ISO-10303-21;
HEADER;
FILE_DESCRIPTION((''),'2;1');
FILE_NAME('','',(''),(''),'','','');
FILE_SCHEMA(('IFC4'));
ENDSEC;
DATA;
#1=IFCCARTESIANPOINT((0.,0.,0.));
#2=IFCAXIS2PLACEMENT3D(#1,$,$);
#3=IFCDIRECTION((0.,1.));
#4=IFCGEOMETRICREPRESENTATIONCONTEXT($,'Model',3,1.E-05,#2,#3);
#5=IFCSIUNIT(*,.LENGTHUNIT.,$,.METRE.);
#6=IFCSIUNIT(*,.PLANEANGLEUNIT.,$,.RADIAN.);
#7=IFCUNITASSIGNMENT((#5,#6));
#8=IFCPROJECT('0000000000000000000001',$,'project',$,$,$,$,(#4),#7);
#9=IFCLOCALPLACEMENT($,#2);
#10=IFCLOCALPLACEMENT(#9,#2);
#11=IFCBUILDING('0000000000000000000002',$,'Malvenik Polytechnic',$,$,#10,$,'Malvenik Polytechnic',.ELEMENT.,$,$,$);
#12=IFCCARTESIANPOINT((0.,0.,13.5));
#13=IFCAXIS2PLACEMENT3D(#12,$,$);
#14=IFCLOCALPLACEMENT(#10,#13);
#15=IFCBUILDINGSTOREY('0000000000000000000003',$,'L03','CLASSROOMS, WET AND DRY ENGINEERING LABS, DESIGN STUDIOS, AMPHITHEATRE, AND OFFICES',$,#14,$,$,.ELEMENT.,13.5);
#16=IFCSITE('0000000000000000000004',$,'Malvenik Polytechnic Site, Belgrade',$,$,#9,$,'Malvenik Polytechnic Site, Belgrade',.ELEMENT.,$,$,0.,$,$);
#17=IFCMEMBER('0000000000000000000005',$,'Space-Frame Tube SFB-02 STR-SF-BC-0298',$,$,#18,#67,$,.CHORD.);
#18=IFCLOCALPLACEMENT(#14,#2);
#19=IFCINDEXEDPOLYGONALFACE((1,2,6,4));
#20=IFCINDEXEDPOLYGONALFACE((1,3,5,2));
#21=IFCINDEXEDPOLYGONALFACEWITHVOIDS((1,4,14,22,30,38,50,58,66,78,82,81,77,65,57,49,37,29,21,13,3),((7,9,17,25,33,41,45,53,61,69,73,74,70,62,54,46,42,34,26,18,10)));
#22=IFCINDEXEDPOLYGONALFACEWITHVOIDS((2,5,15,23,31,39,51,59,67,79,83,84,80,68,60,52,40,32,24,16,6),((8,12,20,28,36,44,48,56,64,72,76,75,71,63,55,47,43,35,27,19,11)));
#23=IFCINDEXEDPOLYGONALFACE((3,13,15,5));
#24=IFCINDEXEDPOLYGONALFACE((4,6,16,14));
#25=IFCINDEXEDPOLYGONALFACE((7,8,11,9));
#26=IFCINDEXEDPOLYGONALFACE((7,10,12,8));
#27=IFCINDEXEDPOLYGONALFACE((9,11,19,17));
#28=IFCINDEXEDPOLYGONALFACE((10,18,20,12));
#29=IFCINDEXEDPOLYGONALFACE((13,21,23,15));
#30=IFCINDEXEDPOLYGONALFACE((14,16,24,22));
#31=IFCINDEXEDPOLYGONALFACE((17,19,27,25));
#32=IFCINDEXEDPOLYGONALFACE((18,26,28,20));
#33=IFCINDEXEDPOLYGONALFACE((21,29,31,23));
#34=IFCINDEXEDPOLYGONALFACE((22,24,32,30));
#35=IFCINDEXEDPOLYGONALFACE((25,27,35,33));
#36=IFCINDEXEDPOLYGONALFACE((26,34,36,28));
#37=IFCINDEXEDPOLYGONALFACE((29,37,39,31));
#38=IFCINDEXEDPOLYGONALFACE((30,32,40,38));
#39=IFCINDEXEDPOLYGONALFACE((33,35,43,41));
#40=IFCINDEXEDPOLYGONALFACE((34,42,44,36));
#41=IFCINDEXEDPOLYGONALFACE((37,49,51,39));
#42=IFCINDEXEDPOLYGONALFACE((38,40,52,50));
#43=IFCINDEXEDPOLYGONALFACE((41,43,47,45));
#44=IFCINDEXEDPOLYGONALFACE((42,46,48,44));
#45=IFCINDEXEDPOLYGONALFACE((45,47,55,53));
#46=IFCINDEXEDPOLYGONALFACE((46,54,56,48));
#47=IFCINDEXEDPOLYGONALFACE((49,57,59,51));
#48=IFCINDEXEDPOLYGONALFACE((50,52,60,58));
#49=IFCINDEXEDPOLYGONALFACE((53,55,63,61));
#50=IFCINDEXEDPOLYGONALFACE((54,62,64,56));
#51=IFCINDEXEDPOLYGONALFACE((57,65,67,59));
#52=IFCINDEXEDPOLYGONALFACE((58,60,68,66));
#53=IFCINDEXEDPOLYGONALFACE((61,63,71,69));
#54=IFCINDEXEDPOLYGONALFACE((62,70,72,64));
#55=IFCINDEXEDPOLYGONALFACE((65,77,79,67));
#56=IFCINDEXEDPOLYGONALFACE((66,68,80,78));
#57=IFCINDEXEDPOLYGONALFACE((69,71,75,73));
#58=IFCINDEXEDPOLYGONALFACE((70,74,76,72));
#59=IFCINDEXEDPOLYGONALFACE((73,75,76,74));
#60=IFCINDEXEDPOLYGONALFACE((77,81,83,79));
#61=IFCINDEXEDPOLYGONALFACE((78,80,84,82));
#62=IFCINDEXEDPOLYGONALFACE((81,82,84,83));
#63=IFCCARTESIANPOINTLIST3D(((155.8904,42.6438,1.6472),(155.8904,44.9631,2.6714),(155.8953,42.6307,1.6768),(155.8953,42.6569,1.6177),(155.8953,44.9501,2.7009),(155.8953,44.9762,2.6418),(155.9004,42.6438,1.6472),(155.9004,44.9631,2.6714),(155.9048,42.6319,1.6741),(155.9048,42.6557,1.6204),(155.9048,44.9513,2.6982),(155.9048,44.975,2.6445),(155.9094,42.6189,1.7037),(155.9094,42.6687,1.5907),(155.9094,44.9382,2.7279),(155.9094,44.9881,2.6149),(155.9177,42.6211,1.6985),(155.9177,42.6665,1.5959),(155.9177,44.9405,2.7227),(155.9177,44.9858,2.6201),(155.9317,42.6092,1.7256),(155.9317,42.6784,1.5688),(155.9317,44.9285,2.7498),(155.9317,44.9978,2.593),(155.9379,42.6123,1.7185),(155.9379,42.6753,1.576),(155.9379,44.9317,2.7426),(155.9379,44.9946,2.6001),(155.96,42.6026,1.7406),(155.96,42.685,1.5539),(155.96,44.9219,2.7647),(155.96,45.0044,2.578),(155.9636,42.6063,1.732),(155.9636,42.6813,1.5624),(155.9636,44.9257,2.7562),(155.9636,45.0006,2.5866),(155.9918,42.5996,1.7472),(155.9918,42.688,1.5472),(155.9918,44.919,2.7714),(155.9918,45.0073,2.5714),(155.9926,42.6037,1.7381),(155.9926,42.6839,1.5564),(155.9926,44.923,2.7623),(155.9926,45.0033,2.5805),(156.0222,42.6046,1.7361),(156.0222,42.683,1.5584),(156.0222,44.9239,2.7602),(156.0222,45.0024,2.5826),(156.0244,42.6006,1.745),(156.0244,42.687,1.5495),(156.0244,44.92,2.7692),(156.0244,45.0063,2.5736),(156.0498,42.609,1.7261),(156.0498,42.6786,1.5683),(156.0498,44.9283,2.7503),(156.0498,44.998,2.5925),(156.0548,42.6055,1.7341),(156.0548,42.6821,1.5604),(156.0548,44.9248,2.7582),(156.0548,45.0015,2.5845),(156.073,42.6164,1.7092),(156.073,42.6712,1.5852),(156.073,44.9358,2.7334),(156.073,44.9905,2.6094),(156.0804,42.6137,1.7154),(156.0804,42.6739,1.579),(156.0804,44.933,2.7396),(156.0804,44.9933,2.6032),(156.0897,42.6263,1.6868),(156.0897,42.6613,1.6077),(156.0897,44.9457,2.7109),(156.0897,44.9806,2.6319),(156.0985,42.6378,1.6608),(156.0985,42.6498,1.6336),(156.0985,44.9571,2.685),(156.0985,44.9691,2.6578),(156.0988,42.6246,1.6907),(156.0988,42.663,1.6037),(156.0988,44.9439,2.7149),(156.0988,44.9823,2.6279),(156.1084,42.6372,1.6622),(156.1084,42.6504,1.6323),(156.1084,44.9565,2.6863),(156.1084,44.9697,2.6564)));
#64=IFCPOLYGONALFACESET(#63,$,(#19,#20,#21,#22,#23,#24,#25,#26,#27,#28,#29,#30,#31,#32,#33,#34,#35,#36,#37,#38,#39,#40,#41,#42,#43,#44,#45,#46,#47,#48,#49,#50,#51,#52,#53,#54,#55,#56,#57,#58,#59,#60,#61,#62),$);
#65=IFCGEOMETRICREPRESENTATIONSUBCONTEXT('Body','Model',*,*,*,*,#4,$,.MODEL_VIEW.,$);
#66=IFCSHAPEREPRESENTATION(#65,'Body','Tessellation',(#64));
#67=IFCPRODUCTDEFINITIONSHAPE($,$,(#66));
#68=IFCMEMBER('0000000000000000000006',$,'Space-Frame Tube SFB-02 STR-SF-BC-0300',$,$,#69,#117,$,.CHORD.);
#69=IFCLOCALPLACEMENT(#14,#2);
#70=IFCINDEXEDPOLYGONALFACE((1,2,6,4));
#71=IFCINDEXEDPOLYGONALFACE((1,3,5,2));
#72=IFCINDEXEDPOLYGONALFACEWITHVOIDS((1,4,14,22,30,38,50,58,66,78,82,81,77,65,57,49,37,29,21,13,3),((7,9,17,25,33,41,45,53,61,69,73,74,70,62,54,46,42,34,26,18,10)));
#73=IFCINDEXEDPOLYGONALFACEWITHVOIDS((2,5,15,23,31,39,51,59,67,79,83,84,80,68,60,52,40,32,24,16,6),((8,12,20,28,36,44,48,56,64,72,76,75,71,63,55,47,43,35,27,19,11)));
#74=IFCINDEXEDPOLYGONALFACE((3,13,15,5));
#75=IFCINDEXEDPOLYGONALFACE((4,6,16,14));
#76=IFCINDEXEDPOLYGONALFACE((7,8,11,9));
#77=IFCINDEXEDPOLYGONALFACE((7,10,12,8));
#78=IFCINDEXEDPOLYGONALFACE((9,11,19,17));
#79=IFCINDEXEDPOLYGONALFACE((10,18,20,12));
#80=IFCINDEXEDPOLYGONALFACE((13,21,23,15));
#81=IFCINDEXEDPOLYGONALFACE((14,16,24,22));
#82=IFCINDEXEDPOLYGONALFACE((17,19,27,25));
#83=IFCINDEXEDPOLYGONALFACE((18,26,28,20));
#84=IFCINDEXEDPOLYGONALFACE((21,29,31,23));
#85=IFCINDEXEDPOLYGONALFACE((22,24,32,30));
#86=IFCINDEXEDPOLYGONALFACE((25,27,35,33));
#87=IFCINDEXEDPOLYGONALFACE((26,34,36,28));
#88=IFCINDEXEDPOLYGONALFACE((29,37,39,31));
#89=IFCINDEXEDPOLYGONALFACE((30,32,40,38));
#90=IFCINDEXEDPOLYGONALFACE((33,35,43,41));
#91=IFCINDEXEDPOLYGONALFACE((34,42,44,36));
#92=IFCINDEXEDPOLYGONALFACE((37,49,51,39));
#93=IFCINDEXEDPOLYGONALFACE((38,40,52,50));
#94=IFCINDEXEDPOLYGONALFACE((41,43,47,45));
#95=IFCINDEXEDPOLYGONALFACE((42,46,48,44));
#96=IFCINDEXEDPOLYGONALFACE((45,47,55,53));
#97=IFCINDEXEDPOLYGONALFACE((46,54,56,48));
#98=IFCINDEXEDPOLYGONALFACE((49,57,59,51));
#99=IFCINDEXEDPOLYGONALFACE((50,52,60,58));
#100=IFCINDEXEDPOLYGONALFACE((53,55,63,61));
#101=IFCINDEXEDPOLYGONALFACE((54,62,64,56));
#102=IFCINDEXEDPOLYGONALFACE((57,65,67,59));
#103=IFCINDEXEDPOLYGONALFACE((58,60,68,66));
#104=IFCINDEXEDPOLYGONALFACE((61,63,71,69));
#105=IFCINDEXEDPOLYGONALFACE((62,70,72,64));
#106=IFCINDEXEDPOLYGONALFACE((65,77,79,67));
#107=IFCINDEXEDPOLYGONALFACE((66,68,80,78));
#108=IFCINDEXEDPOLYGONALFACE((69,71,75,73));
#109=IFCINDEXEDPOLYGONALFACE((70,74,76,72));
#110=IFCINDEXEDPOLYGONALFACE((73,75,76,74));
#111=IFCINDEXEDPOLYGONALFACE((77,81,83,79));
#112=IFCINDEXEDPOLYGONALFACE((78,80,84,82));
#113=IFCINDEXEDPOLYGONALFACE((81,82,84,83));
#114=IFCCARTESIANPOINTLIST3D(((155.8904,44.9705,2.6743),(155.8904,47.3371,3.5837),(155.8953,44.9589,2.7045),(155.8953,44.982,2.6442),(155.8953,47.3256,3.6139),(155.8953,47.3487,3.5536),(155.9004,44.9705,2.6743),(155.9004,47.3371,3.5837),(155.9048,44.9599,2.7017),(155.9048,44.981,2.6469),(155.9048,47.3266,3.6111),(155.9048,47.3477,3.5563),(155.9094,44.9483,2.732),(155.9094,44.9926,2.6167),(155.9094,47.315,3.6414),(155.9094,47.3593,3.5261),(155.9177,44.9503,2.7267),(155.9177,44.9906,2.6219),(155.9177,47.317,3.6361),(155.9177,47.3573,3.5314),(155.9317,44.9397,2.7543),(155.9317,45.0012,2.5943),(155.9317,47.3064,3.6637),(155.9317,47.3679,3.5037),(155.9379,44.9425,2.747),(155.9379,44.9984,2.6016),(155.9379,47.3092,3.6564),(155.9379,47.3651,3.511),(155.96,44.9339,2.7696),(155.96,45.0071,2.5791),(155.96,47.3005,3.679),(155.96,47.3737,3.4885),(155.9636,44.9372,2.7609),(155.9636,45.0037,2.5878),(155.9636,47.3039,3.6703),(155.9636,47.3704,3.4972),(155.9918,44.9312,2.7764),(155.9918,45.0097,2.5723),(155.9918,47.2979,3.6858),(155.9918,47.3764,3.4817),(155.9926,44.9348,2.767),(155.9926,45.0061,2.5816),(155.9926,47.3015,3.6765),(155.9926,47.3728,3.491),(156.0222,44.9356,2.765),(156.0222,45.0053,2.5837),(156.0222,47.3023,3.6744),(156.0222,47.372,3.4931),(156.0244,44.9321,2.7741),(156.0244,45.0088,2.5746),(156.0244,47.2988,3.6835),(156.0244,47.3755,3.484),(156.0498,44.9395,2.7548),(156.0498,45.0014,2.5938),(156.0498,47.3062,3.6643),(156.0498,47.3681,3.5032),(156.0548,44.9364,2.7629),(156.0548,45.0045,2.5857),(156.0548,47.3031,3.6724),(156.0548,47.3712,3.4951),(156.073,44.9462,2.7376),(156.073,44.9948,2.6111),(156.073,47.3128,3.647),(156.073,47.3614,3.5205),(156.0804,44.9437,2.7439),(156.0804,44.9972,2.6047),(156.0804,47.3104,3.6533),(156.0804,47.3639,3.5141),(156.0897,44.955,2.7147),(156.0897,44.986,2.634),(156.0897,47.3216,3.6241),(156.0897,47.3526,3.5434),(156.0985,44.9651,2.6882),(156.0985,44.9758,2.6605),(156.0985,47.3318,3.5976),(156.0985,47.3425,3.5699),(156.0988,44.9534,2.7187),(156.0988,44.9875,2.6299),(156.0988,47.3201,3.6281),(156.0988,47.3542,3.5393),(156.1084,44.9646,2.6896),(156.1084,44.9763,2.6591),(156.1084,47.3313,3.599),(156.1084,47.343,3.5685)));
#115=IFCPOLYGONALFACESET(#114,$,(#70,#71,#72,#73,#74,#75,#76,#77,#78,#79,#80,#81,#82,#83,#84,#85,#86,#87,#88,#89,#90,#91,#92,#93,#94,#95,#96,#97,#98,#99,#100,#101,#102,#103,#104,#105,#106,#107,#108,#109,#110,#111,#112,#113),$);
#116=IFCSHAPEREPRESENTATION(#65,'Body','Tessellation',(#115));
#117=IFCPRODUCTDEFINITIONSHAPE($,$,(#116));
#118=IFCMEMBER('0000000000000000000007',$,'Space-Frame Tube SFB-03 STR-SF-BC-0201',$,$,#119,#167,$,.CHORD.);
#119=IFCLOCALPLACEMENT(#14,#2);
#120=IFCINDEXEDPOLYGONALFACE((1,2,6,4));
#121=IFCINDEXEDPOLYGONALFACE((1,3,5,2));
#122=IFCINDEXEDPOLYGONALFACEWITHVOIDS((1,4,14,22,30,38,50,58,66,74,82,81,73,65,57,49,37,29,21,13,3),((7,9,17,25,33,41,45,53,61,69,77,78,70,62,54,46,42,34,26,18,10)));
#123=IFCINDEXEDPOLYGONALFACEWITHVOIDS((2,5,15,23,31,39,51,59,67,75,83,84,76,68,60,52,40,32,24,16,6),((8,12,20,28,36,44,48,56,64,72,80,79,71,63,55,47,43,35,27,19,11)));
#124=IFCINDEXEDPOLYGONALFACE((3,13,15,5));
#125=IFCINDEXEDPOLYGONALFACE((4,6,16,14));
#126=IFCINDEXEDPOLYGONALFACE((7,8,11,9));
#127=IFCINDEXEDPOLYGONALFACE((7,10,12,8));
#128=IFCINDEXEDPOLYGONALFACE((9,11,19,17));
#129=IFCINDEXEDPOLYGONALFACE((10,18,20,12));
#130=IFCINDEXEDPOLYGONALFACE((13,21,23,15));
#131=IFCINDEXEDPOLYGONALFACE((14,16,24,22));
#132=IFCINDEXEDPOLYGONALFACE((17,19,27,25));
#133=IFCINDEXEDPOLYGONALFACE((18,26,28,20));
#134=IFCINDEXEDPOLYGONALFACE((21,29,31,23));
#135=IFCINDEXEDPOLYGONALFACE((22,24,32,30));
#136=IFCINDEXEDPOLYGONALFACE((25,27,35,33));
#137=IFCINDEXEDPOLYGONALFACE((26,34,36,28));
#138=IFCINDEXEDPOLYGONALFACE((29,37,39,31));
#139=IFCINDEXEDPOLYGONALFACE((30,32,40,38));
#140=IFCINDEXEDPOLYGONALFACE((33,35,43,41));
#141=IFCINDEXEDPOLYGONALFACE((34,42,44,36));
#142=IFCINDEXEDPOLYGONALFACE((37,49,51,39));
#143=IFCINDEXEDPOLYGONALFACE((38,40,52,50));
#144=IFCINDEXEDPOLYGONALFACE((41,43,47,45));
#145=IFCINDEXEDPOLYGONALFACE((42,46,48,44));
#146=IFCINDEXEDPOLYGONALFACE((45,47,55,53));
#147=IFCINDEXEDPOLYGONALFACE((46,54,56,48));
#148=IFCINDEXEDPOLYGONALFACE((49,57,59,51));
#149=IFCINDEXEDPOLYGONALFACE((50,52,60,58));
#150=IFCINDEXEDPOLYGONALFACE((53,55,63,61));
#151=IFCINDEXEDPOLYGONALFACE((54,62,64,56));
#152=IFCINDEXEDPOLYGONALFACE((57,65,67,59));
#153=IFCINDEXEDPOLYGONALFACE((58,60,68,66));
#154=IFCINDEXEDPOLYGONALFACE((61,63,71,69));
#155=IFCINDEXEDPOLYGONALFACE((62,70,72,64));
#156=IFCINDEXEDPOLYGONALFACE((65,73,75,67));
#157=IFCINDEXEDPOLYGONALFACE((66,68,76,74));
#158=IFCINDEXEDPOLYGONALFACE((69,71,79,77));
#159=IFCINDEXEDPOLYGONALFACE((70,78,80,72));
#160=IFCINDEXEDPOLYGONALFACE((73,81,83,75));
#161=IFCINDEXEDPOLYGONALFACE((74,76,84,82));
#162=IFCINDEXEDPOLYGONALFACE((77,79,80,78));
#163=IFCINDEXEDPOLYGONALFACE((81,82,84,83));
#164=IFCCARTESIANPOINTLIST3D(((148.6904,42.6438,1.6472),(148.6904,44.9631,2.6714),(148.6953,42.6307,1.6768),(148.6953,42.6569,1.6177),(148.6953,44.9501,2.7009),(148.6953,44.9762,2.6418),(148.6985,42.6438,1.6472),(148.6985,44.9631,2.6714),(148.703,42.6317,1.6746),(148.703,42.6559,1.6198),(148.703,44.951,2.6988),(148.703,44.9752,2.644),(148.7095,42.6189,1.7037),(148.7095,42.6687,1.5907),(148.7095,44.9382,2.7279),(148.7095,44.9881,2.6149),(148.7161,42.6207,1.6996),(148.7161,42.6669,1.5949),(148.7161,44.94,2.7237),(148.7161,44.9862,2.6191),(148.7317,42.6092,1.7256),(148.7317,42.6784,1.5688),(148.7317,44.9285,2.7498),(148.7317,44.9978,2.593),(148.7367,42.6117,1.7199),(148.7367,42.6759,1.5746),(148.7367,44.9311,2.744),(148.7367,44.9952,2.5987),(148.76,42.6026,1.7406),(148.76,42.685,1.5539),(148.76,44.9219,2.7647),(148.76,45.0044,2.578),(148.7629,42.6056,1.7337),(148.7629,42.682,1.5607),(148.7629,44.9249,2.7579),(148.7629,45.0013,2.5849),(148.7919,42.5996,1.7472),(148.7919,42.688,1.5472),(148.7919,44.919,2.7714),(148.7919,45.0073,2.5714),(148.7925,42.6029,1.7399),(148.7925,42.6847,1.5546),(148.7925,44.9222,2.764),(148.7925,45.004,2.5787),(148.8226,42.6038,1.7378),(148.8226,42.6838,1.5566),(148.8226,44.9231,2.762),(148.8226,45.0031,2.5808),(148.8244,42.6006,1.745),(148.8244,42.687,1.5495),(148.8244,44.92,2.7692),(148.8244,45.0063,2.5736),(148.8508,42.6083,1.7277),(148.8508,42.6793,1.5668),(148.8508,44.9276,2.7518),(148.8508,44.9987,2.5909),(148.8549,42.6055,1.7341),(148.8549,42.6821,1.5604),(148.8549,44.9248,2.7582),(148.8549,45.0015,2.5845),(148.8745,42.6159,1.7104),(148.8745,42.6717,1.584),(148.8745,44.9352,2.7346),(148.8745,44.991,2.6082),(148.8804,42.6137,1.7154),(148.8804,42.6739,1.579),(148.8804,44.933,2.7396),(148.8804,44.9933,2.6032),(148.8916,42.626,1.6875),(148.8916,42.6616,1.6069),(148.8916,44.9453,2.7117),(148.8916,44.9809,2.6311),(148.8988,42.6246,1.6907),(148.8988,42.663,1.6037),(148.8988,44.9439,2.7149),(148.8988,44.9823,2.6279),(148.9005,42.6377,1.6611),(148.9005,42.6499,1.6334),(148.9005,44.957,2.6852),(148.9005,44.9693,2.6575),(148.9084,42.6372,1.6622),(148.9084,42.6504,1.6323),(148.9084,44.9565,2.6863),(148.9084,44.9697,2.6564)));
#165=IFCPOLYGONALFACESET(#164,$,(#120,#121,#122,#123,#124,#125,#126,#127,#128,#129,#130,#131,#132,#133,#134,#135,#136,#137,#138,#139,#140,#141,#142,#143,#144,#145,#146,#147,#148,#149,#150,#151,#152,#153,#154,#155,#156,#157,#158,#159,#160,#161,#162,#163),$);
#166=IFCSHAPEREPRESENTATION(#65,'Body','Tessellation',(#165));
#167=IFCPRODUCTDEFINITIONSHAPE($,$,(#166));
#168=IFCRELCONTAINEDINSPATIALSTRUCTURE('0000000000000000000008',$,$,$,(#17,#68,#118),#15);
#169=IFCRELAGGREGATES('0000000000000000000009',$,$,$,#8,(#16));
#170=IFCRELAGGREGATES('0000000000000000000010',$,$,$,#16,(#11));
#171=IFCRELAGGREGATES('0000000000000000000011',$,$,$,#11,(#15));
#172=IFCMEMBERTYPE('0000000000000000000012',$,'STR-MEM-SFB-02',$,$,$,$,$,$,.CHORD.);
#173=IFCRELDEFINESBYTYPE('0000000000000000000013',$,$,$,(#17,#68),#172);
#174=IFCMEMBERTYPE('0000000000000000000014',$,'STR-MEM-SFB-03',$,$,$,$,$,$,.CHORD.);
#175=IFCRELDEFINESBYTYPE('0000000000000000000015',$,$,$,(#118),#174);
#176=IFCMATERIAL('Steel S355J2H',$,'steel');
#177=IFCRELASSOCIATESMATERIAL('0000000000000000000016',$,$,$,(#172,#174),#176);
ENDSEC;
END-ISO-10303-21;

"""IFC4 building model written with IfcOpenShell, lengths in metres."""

from ifc_helpers import new_model, si_unit, direction, frame, origin, origin_2d, place, context, subcontext, project, spatial, hollow_circle, extrude, material, material_profile, profile_set, type_object, element, save


model = new_model("IFC4")

# Units and contexts
model_context = context("Model", 3, precision=1e-05, world=origin(), true_north=direction((0.0, 1.0)))
body_context = subcontext(model_context, "Body", "Model", "MODEL_VIEW")
ifc_project = project(units=[si_unit("LENGTHUNIT", "METRE"), si_unit("PLANEANGLEUNIT", "RADIAN")], contexts=[model_context])

# Site, building, storey
site_placement = place(None, origin())
site = spatial("IfcSite", under=ifc_project, at=site_placement, Name="Malvenik Polytechnic Site, Belgrade", LongName="Malvenik Polytechnic Site, Belgrade", CompositionType="ELEMENT", RefElevation=0.0)
building_placement = place(site_placement, origin())
building = spatial("IfcBuilding", under=site, at=building_placement, Name="Malvenik Polytechnic", LongName="Malvenik Polytechnic", CompositionType="ELEMENT")
storey_placement = place(building_placement, frame((0.0, 0.0, 13.5)))
storey = spatial("IfcBuildingStorey", under=building, at=storey_placement, Name="L03", Description="CLASSROOMS, WET AND DRY ENGINEERING LABS, DESIGN STUDIOS, AMPHITHEATRE, AND OFFICES", CompositionType="ELEMENT", Elevation=13.5)

# Members
ifc_material = material(Name="Steel S355J2H", Category="steel")
ifc_material_profile_1 = material_profile(ifc_material, hollow_circle(Radius=0.1096, WallThickness=0.01, at=origin_2d()), Name="CHS 219.1x10.0")
ifc_profile_set_1 = profile_set([ifc_material_profile_1], Name="Steel S355J2H")
member_type_1 = type_object("IfcMemberType", Name="STR-MEM-SFB-02", PredefinedType="CHORD", material=ifc_profile_set_1)
for number, where, z_axis, x_axis, name in (
    (1, (156.0, 42.6438, 1.6472), (0.0, 0.914782, 0.403948), (-1.0, 0.0, 0.0), "Space-Frame Tube SFB-02 STR-SF-BC-0298"),
    (2, (156.0, 44.9705, 2.6743), (0.0, 0.933457, 0.358689), (-1.0, 0.0, 0.0), "Space-Frame Tube SFB-02 STR-SF-BC-0300"),
):
    element("IfcMember", number, at=place(storey_placement, frame(where, z_axis=z_axis, x_axis=x_axis)), inside=storey, type_object=member_type_1, Name=name, PredefinedType="CHORD", context=body_context, shape_type="SweptSolid", body=[
        extrude(hollow_circle(Radius=0.1096, WallThickness=0.01, at=origin_2d()), origin(), (0.0, 0.0, 1.0), 2.5354),
    ])
ifc_material_profile_2 = material_profile(ifc_material, hollow_circle(Radius=0.1096, WallThickness=0.0081, at=origin_2d()), Name="CHS 219.1x8.0")
ifc_profile_set_2 = profile_set([ifc_material_profile_2], Name="Steel S355J2H")
member_type_2 = type_object("IfcMemberType", Name="STR-MEM-SFB-03", PredefinedType="CHORD", material=ifc_profile_set_2)
for number, where, z_axis, x_axis, name in (
    (3, (148.8, 42.6438, 1.6472), (0.0, 0.914782, 0.403948), (-1.0, 0.0, 0.0), "Space-Frame Tube SFB-03 STR-SF-BC-0201"),
):
    element("IfcMember", number, at=place(storey_placement, frame(where, z_axis=z_axis, x_axis=x_axis)), inside=storey, type_object=member_type_2, Name=name, PredefinedType="CHORD", context=body_context, shape_type="SweptSolid", body=[
        extrude(hollow_circle(Radius=0.1096, WallThickness=0.0081, at=origin_2d()), origin(), (0.0, 0.0, 1.0), 2.5354),
    ])

save(model, "model.ifc")
